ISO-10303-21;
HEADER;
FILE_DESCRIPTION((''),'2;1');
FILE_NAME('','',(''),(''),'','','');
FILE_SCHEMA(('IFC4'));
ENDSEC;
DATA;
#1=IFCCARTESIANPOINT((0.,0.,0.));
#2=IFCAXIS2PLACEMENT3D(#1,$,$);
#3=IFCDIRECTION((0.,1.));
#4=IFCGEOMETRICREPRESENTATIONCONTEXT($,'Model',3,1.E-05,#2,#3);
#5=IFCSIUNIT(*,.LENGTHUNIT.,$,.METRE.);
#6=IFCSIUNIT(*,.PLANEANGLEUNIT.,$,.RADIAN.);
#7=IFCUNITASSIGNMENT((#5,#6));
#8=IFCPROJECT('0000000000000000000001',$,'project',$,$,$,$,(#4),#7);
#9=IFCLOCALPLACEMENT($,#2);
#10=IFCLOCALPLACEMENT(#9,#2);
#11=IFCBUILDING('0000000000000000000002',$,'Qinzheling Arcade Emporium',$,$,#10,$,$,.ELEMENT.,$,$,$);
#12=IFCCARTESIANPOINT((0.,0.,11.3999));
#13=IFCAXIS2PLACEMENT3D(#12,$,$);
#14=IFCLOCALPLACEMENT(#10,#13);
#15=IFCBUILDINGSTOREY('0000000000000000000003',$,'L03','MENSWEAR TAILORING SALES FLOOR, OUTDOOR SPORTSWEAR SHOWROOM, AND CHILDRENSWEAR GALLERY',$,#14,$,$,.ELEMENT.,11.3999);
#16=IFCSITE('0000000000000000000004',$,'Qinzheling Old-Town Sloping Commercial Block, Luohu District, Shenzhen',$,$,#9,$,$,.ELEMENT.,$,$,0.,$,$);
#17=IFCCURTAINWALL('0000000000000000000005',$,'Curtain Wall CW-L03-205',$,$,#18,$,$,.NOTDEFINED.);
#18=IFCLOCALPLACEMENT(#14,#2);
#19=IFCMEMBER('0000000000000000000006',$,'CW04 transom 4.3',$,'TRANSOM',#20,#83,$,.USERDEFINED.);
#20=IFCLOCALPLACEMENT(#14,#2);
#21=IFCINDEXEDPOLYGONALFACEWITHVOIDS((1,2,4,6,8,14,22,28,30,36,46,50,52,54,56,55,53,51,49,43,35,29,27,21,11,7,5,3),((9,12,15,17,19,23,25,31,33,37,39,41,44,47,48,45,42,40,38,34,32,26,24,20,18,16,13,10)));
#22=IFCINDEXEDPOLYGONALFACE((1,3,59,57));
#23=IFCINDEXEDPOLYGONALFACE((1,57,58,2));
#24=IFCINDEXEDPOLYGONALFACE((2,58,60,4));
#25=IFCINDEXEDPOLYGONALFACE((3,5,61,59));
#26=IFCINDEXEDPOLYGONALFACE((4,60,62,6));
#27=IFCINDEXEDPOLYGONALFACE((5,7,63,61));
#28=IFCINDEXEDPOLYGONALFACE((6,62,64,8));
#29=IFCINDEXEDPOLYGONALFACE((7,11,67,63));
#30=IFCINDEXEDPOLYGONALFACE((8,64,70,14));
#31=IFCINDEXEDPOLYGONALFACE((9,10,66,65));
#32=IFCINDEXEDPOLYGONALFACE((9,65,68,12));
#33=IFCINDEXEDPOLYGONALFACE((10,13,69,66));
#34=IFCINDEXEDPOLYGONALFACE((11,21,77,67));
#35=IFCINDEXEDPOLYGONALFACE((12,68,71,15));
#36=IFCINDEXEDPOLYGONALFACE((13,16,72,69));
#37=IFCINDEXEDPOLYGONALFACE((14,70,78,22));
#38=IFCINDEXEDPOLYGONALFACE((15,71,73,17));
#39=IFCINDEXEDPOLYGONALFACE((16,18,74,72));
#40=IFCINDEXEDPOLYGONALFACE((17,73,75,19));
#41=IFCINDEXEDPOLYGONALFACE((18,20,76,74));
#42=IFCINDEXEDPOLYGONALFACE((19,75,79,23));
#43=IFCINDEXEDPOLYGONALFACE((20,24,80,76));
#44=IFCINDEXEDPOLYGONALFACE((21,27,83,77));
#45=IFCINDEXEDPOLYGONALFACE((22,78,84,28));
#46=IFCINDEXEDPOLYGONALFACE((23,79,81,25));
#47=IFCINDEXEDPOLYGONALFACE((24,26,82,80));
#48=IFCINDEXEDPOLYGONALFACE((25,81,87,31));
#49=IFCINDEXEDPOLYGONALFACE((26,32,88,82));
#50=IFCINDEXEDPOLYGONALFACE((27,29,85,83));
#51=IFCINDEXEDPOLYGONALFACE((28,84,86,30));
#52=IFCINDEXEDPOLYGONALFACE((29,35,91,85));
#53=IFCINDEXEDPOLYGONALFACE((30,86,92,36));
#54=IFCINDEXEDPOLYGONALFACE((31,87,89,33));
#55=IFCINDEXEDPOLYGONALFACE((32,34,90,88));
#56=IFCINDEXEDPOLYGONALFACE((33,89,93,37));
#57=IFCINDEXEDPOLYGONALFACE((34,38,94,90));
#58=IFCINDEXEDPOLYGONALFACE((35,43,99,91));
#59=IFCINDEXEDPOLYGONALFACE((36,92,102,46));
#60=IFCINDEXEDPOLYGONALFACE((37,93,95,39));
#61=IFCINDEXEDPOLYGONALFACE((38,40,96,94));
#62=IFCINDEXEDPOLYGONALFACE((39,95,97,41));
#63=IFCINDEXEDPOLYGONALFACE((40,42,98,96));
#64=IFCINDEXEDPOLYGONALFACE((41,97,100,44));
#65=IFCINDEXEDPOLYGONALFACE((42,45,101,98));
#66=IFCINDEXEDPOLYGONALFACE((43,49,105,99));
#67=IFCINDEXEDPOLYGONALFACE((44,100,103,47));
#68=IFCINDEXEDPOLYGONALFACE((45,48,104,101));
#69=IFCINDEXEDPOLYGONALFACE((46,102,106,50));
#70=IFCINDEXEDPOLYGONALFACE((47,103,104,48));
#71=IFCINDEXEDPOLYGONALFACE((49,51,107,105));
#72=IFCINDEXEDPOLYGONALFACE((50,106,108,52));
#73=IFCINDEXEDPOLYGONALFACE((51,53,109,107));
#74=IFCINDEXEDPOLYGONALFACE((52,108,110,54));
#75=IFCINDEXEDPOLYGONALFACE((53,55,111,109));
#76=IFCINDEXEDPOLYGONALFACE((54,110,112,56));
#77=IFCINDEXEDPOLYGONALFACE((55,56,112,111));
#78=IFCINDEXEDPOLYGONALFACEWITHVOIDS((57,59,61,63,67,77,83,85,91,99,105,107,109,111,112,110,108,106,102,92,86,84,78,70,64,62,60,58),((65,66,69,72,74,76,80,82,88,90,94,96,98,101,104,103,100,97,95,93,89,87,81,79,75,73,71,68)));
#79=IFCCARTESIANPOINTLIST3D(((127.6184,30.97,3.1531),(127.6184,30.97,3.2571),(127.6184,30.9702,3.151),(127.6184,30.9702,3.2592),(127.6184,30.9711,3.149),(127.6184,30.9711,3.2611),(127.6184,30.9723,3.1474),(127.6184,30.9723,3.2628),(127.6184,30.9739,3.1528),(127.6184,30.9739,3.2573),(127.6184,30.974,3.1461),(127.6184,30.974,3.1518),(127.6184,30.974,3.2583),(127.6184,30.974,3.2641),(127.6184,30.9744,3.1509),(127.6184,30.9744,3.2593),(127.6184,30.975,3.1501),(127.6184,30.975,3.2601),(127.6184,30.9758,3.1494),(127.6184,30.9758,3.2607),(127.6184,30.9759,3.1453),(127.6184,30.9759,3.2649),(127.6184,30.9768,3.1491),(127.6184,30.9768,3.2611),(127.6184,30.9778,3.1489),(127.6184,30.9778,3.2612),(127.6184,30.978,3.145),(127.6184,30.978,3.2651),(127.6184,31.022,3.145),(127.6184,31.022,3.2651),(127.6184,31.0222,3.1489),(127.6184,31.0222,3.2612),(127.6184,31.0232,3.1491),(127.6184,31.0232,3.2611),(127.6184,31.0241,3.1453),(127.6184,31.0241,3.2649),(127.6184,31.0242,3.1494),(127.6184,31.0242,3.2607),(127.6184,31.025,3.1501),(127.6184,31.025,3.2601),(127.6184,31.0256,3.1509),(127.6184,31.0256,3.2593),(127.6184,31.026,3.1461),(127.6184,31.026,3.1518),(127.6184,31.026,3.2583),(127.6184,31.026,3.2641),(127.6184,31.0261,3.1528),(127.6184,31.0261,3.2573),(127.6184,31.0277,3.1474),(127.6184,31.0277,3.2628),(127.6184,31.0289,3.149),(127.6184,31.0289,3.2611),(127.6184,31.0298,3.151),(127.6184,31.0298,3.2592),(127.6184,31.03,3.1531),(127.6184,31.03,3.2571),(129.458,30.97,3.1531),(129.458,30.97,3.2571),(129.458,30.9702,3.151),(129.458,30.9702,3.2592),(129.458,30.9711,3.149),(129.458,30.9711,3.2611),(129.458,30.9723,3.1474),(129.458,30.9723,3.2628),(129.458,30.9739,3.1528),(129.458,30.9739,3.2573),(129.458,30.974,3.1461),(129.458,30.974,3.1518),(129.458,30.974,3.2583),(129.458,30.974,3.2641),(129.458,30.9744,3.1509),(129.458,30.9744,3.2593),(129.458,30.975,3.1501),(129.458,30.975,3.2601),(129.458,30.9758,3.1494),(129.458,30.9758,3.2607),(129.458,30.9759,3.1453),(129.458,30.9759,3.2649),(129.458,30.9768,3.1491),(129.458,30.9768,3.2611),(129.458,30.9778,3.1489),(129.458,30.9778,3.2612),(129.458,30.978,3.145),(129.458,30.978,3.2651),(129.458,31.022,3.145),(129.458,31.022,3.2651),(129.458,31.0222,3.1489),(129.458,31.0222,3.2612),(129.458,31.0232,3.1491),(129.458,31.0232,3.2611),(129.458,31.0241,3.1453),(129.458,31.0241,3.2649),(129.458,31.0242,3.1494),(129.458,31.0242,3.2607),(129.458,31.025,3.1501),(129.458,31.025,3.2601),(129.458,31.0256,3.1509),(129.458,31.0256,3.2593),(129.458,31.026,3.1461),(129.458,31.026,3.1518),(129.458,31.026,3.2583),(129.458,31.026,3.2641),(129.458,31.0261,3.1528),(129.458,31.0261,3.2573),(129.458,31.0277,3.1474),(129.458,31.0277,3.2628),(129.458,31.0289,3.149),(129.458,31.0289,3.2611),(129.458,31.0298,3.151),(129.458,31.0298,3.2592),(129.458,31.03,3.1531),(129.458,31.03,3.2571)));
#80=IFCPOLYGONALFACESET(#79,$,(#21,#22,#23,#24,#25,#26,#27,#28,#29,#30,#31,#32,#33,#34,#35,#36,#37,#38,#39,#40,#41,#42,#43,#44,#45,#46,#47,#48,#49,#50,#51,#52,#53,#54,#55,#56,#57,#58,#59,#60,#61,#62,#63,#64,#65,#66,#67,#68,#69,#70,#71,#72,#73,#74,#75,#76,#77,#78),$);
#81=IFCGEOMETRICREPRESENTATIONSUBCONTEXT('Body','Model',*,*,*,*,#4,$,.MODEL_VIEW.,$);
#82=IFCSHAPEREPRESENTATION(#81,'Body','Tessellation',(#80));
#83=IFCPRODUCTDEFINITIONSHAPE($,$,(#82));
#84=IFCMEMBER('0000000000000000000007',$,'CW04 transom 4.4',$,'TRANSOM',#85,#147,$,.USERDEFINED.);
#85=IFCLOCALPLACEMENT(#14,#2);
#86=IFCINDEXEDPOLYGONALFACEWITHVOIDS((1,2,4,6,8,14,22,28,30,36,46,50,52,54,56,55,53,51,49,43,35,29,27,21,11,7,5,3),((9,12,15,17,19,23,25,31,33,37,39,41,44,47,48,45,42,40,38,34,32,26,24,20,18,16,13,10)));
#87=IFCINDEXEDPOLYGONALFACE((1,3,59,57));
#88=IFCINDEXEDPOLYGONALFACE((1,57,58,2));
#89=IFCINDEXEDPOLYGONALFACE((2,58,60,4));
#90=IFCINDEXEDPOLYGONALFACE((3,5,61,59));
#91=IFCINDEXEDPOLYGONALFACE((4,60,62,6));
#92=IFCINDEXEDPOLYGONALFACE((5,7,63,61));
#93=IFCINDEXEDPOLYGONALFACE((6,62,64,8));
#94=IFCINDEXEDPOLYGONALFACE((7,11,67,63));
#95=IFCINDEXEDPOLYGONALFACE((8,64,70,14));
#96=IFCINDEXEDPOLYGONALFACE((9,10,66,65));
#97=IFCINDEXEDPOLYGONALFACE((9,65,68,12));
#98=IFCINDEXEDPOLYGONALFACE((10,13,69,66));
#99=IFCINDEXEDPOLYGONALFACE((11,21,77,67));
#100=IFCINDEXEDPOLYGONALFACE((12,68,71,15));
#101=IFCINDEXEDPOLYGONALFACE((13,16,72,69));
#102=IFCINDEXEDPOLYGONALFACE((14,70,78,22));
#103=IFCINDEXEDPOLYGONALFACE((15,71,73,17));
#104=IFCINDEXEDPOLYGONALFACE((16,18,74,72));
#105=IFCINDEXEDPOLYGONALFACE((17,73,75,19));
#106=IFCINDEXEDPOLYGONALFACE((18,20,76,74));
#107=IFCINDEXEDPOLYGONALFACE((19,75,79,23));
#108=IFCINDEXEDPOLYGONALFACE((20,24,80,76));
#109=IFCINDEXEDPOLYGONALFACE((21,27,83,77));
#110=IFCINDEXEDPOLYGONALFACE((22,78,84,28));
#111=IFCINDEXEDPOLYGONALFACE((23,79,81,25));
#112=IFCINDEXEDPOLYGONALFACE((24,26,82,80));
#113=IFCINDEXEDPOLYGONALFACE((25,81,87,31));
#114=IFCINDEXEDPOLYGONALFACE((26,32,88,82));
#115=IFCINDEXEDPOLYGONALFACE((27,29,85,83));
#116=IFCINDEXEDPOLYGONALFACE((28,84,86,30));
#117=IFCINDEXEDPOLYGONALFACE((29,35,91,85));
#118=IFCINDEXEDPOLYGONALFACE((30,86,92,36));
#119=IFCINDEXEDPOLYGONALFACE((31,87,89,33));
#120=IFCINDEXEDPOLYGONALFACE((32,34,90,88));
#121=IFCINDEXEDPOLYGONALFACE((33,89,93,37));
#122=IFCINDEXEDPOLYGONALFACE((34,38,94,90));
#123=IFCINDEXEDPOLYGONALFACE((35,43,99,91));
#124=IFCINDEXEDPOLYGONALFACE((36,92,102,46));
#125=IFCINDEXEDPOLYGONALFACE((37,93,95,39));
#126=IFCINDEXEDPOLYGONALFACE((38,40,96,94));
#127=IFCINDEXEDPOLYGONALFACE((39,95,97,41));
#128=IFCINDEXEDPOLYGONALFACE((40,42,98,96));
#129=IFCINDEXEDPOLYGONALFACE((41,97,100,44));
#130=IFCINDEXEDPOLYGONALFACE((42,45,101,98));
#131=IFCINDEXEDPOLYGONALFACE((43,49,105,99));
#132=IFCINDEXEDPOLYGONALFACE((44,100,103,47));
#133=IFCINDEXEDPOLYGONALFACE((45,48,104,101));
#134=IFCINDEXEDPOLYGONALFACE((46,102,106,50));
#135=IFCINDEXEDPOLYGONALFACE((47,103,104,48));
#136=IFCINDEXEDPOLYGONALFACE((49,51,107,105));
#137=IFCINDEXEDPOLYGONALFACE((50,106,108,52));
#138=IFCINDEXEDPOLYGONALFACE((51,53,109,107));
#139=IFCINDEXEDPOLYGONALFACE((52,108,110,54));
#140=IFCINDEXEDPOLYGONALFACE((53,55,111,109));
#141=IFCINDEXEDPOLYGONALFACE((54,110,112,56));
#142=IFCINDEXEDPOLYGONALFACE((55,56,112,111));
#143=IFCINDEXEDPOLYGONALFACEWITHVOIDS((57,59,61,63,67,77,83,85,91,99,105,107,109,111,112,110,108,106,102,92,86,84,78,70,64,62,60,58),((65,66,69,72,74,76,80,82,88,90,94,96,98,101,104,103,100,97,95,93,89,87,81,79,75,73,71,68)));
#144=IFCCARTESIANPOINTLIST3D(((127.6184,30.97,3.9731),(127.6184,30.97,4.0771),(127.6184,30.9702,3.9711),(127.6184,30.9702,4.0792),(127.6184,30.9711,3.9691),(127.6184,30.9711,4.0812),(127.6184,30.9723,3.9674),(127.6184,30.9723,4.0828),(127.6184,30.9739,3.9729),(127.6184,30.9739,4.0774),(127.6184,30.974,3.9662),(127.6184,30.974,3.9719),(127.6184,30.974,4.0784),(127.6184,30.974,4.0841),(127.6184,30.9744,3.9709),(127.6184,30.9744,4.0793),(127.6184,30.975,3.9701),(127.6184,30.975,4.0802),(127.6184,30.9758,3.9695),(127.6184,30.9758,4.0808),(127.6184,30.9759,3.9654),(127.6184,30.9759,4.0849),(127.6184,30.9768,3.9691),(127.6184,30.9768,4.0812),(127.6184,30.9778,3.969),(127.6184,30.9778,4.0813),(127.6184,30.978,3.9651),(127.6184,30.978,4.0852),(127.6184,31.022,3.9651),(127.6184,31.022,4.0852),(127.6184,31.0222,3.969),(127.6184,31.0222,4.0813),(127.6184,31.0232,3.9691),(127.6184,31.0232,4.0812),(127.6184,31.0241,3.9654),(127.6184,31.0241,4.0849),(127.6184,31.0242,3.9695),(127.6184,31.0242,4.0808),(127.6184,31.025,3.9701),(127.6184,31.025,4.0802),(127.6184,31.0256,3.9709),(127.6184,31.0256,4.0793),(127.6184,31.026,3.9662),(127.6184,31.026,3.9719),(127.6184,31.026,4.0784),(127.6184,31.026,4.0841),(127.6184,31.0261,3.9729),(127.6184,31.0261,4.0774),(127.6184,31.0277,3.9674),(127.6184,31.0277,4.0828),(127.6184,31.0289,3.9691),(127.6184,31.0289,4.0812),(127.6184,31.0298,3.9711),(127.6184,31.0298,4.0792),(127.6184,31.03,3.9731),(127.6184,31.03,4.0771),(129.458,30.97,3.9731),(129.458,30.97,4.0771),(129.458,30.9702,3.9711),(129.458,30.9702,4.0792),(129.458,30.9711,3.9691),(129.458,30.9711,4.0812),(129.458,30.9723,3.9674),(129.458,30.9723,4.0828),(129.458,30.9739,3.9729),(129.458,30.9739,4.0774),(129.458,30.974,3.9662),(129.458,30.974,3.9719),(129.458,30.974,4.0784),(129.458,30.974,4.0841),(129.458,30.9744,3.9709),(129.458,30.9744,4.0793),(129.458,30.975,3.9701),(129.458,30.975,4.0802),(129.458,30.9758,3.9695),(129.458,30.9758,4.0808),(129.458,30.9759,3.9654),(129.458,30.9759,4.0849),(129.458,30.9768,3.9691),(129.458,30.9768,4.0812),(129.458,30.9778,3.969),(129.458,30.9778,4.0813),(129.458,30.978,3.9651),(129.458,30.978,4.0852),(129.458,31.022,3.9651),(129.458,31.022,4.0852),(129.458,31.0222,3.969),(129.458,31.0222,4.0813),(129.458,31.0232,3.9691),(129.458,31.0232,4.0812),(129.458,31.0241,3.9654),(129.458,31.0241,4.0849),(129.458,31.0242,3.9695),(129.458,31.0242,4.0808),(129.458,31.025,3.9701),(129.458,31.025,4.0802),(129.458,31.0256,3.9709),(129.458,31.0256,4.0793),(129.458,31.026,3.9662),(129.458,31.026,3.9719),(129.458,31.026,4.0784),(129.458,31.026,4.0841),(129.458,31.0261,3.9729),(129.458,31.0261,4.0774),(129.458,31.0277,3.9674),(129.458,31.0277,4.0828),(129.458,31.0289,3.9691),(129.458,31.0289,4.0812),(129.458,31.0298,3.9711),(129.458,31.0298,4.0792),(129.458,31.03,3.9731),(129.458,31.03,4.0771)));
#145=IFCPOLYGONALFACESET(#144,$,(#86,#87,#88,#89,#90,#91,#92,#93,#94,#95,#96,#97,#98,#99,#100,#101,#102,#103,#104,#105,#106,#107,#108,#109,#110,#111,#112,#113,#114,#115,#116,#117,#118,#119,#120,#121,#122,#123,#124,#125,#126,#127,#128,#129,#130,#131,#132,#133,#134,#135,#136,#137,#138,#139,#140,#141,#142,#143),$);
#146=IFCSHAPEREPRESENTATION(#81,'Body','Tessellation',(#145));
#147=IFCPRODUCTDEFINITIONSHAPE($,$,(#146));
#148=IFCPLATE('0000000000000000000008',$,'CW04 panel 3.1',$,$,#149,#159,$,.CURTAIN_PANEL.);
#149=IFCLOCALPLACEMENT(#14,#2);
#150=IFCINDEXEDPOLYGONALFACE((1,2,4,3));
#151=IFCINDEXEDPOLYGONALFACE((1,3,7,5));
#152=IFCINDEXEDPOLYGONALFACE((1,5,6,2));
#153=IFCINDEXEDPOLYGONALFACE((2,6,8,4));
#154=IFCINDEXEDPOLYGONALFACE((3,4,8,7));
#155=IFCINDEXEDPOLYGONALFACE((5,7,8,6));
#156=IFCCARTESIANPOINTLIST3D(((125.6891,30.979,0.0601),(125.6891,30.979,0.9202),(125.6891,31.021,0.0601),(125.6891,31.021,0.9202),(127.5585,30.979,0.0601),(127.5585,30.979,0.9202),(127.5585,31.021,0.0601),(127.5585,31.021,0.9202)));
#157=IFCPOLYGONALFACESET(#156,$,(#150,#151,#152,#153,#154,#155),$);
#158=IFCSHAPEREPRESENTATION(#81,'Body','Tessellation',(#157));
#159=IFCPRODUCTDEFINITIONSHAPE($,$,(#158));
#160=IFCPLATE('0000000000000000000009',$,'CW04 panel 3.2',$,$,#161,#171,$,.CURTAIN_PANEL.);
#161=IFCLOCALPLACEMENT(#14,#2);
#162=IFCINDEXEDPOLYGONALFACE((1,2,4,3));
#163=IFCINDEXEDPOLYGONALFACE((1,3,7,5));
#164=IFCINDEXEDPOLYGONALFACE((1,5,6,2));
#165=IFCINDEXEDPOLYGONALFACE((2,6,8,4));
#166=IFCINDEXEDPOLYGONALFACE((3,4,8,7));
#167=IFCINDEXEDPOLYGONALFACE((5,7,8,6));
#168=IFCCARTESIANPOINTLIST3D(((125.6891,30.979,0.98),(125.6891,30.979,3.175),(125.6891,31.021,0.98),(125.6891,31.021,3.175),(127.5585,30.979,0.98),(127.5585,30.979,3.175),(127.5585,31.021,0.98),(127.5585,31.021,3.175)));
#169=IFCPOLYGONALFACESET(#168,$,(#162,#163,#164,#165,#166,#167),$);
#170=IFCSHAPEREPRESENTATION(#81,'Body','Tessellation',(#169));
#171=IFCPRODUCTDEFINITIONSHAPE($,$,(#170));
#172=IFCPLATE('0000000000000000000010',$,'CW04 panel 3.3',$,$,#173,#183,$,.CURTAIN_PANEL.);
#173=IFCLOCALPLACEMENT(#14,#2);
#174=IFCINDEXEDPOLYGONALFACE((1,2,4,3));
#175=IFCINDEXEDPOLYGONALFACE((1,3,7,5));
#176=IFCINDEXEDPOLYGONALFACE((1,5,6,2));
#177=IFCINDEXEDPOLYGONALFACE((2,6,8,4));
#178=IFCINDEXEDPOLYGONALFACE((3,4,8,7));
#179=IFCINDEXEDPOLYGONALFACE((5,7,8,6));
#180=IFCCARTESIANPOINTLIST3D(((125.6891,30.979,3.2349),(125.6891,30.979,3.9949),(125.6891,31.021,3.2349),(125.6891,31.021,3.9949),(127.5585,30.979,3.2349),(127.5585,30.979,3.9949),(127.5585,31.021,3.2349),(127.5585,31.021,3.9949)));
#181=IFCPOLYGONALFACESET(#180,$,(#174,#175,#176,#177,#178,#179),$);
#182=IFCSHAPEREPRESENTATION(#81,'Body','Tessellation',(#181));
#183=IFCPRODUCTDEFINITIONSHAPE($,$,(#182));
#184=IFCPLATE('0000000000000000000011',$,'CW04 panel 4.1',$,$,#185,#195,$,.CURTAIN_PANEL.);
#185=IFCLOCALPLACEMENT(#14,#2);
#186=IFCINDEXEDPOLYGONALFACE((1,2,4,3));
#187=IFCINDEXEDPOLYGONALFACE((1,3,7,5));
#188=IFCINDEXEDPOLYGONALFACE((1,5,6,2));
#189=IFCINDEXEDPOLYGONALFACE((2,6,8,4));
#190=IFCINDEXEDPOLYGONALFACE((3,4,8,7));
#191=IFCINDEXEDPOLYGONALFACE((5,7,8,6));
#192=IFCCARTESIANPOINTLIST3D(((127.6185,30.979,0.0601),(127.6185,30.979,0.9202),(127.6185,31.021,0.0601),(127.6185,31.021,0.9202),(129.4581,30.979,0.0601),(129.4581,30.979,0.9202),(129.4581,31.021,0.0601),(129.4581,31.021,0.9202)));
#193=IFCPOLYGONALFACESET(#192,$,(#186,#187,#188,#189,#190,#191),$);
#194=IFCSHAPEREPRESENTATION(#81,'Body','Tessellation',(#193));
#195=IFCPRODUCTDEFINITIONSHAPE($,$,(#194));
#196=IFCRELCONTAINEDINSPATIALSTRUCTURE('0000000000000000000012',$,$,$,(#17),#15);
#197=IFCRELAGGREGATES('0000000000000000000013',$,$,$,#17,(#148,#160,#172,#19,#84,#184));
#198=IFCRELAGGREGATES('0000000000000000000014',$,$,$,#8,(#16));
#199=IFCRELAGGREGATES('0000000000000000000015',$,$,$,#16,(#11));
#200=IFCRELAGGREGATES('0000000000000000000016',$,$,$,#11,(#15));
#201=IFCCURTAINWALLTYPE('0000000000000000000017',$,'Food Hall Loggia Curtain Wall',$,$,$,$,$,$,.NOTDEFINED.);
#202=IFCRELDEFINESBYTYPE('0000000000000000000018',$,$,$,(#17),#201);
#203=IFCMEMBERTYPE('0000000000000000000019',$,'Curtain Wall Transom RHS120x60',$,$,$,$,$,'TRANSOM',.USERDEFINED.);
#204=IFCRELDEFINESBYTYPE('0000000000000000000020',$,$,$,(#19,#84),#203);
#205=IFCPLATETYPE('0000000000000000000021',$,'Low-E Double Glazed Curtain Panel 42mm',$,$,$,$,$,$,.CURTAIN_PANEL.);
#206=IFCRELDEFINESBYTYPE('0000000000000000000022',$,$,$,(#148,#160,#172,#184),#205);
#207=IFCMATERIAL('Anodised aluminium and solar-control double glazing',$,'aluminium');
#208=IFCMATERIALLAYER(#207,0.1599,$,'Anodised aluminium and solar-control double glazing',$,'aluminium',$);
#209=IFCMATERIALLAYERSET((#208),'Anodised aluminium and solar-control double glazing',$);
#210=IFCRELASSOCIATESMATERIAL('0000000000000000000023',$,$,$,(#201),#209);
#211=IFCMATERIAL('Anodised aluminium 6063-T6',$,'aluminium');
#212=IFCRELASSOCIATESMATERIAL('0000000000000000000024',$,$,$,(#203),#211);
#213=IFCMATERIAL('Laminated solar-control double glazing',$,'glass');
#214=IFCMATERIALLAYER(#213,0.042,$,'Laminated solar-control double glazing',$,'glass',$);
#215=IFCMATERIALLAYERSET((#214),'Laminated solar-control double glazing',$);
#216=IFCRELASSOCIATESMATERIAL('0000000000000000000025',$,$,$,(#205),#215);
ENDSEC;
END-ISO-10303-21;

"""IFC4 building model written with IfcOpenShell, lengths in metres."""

from ifc_helpers import new_model, si_unit, direction, frame, origin, origin_2d, place, context, subcontext, project, spatial, rectangle, hollow_rectangle, extrude, material, layer, layer_set, material_profile, profile_set, type_object, element, aggregate, save


model = new_model("IFC4")

# Units and contexts
model_context = context("Model", 3, precision=1e-05, world=origin(), true_north=direction((0.0, 1.0)))
body_context = subcontext(model_context, "Body", "Model", "MODEL_VIEW")
ifc_project = project(units=[si_unit("LENGTHUNIT", "METRE"), si_unit("PLANEANGLEUNIT", "RADIAN")], contexts=[model_context])

# Site, building, storey
site_placement = place(None, origin())
site = spatial("IfcSite", under=ifc_project, at=site_placement, Name="Qinzheling Old-Town Sloping Commercial Block, Luohu District, Shenzhen", CompositionType="ELEMENT", RefElevation=0.0)
building_placement = place(site_placement, origin())
building = spatial("IfcBuilding", under=site, at=building_placement, Name="Qinzheling Arcade Emporium", CompositionType="ELEMENT")
storey_placement = place(building_placement, frame((0.0, 0.0, 11.3999)))
storey = spatial("IfcBuildingStorey", under=building, at=storey_placement, Name="L03", Description="MENSWEAR TAILORING SALES FLOOR, OUTDOOR SPORTSWEAR SHOWROOM, AND CHILDRENSWEAR GALLERY", CompositionType="ELEMENT", Elevation=11.3999)

# Shared definitions
ifc_material_1 = material(Name="Anodised aluminium and solar-control double glazing", Category="aluminium")
ifc_layer_1 = layer(ifc_material_1, 0.1599, Name="Anodised aluminium and solar-control double glazing", Category="aluminium")
ifc_layer_set_1 = layer_set([ifc_layer_1], Name="Anodised aluminium and solar-control double glazing")
curtain_wall_type = type_object("IfcCurtainWallType", Name="Food Hall Loggia Curtain Wall", PredefinedType="NOTDEFINED", material=ifc_layer_set_1)
ifc_material_2 = material(Name="Anodised aluminium 6063-T6", Category="aluminium")

# Curtain wall
curtain_wall_1_placement = place(storey_placement, origin())
curtain_wall_1 = element("IfcCurtainWall", 1, at=curtain_wall_1_placement, inside=storey, type_object=curtain_wall_type, Name="Curtain Wall CW-L03-205", PredefinedType="NOTDEFINED")

# Members
ifc_material_profile_1 = material_profile(ifc_material_2, hollow_rectangle(XDim=0.0601, YDim=0.1201, WallThickness=0.0039, InnerFilletRadius=0.0039, OuterFilletRadius=0.0081, at=origin_2d()), Name="RHS 120x60x4", Category="aluminium")
ifc_profile_set_1 = profile_set([ifc_material_profile_1], Name="Anodised aluminium 6063-T6")
member_type_1 = type_object("IfcMemberType", Name="Curtain Wall Transom RHS120x60", ElementType="TRANSOM", PredefinedType="USERDEFINED", material=ifc_profile_set_1)
member_1_placement = place(storey_placement, frame((127.6184, 31.0, 3.2051), z_axis=(1.0, 0.0, 0.0), x_axis=(0.0, 1.0, 0.0)))
member_1 = element("IfcMember", 2, at=member_1_placement, type_object=member_type_1, Name="CW04 transom 4.3", ObjectType="TRANSOM", PredefinedType="USERDEFINED", context=body_context, shape_type="SweptSolid", body=[
    extrude(hollow_rectangle(XDim=0.0601, YDim=0.1201, WallThickness=0.0039, InnerFilletRadius=0.0039, OuterFilletRadius=0.0081, at=origin_2d()), origin(), (0.0, 0.0, 1.0), 1.8396),
])
member_2_placement = place(storey_placement, frame((127.6184, 31.0, 4.0251), z_axis=(1.0, 0.0, 0.0), x_axis=(0.0, 1.0, 0.0)))
member_2 = element("IfcMember", 3, at=member_2_placement, type_object=member_type_1, Name="CW04 transom 4.4", ObjectType="TRANSOM", PredefinedType="USERDEFINED", context=body_context, shape_type="SweptSolid", body=[
    extrude(hollow_rectangle(XDim=0.0601, YDim=0.1201, WallThickness=0.0039, InnerFilletRadius=0.0039, OuterFilletRadius=0.0081, at=origin_2d()), origin(), (0.0, 0.0, 1.0), 1.8396),
])

# Plates
ifc_material_3 = material(Name="Laminated solar-control double glazing", Category="glass")
ifc_layer_2 = layer(ifc_material_3, 0.042, Name="Laminated solar-control double glazing", Category="glass")
ifc_layer_set_2 = layer_set([ifc_layer_2], Name="Laminated solar-control double glazing")
plate_type = type_object("IfcPlateType", Name="Low-E Double Glazed Curtain Panel 42mm", PredefinedType="CURTAIN_PANEL", material=ifc_layer_set_2)
plate_1_placement = place(storey_placement, frame((126.6238, 31.0, 0.0601), z_axis=(0.0, 0.0, 1.0), x_axis=(1.0, 0.0, 0.0)))
plate_1 = element("IfcPlate", 4, at=plate_1_placement, type_object=plate_type, Name="CW04 panel 3.1", PredefinedType="CURTAIN_PANEL", context=body_context, shape_type="SweptSolid", body=[
    extrude(rectangle(XDim=1.8694, YDim=0.042, at=origin_2d()), origin(), (0.0, 0.0, 1.0), 0.8601),
])
plate_2_placement = place(storey_placement, frame((126.6238, 31.0, 0.98), z_axis=(0.0, 0.0, 1.0), x_axis=(1.0, 0.0, 0.0)))
plate_2 = element("IfcPlate", 5, at=plate_2_placement, type_object=plate_type, Name="CW04 panel 3.2", PredefinedType="CURTAIN_PANEL", context=body_context, shape_type="SweptSolid", body=[
    extrude(rectangle(XDim=1.8694, YDim=0.042, at=origin_2d()), origin(), (0.0, 0.0, 1.0), 2.1951),
])
plate_3_placement = place(storey_placement, frame((126.6238, 31.0, 3.2349), z_axis=(0.0, 0.0, 1.0), x_axis=(1.0, 0.0, 0.0)))
plate_3 = element("IfcPlate", 6, at=plate_3_placement, type_object=plate_type, Name="CW04 panel 3.3", PredefinedType="CURTAIN_PANEL", context=body_context, shape_type="SweptSolid", body=[
    extrude(rectangle(XDim=1.8694, YDim=0.042, at=origin_2d()), origin(), (0.0, 0.0, 1.0), 0.76),
])
plate_4_placement = place(storey_placement, frame((128.5383, 31.0, 0.0601), z_axis=(0.0, 0.0, 1.0), x_axis=(1.0, 0.0, 0.0)))
plate_4 = element("IfcPlate", 7, at=plate_4_placement, type_object=plate_type, Name="CW04 panel 4.1", PredefinedType="CURTAIN_PANEL", context=body_context, shape_type="SweptSolid", body=[
    extrude(rectangle(XDim=1.8396, YDim=0.042, at=origin_2d()), origin(), (0.0, 0.0, 1.0), 0.8601),
])
aggregate(curtain_wall_1, [plate_1, plate_2, plate_3, member_1, member_2, plate_4])

save(model, "model.ifc")
